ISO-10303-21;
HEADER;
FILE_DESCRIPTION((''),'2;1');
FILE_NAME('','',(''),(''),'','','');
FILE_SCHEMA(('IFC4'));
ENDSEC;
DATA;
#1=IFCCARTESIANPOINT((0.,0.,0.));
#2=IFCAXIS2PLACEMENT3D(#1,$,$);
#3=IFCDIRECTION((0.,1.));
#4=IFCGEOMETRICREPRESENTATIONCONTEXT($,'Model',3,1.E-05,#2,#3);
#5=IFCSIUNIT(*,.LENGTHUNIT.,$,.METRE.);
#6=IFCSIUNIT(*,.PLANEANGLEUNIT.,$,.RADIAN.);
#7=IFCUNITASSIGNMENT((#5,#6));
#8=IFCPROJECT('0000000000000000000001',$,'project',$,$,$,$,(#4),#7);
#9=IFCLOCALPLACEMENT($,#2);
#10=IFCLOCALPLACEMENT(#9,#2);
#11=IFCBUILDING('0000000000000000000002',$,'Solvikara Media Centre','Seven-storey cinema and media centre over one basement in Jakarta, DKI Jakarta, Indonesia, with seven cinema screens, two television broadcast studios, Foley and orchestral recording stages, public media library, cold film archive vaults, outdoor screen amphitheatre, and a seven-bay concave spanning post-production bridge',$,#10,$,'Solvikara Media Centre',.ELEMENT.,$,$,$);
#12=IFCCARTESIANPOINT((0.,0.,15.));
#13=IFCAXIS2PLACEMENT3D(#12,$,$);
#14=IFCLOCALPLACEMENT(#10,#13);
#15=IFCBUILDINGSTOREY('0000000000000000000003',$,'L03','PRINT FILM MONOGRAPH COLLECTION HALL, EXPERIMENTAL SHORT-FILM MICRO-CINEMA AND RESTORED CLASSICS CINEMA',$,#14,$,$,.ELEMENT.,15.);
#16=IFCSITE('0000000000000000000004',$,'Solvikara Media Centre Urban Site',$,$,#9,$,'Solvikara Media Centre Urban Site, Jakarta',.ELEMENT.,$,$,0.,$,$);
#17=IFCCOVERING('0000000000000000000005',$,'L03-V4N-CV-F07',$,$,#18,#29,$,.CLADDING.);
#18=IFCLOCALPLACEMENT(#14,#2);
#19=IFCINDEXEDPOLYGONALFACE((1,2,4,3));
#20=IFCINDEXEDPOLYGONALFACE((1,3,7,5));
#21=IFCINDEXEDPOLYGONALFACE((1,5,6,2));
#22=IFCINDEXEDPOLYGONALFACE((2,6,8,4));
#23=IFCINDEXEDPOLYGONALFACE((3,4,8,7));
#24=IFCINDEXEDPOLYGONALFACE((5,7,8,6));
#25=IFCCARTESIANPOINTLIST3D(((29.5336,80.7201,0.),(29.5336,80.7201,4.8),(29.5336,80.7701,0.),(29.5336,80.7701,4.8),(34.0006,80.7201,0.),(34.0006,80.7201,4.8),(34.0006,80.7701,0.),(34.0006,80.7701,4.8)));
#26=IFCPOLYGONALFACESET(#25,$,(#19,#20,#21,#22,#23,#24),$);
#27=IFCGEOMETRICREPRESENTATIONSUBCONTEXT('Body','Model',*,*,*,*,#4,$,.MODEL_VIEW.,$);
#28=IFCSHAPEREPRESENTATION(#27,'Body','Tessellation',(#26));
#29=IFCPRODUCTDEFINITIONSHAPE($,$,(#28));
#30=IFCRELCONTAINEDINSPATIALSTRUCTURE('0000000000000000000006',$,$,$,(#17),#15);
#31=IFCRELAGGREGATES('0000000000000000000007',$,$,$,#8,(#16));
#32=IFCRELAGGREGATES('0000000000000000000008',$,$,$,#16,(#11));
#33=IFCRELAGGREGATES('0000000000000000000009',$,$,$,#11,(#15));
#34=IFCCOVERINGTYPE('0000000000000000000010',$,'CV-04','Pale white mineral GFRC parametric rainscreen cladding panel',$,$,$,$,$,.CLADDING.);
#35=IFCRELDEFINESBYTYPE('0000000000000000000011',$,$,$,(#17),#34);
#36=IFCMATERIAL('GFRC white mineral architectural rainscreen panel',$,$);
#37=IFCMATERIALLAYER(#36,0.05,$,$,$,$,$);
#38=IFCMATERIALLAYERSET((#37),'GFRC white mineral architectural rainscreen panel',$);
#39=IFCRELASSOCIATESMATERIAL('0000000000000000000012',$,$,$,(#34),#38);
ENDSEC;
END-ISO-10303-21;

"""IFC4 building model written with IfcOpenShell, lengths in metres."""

from ifc_helpers import new_model, si_unit, direction, frame, origin, origin_2d, place, context, subcontext, project, spatial, rectangle, extrude, material, layer, layer_set, type_object, element, save


model = new_model("IFC4")

# Units and contexts
model_context = context("Model", 3, precision=1e-05, world=origin(), true_north=direction((0.0, 1.0)))
body_context = subcontext(model_context, "Body", "Model", "MODEL_VIEW")
ifc_project = project(units=[si_unit("LENGTHUNIT", "METRE"), si_unit("PLANEANGLEUNIT", "RADIAN")], contexts=[model_context])

# Site, building, storey
site_placement = place(None, origin())
site = spatial("IfcSite", under=ifc_project, at=site_placement, Name="Solvikara Media Centre Urban Site", LongName="Solvikara Media Centre Urban Site, Jakarta", CompositionType="ELEMENT", RefElevation=0.0)
building_placement = place(site_placement, origin())
building = spatial("IfcBuilding", under=site, at=building_placement, Name="Solvikara Media Centre", Description="Seven-storey cinema and media centre over one basement in Jakarta, DKI Jakarta, Indonesia, with seven cinema screens, two television broadcast studios, Foley and orchestral recording stages, public media library, cold film archive vaults, outdoor screen amphitheatre, and a seven-bay concave spanning post-production bridge", LongName="Solvikara Media Centre", CompositionType="ELEMENT")
storey_placement = place(building_placement, frame((0.0, 0.0, 15.0)))
storey = spatial("IfcBuildingStorey", under=building, at=storey_placement, Name="L03", Description="PRINT FILM MONOGRAPH COLLECTION HALL, EXPERIMENTAL SHORT-FILM MICRO-CINEMA AND RESTORED CLASSICS CINEMA", CompositionType="ELEMENT", Elevation=15.0)

# Covering
ifc_material_1 = material(Name="GFRC white mineral architectural rainscreen panel")
ifc_layer_1 = layer(ifc_material_1, 0.05)
ifc_layer_set_1 = layer_set([ifc_layer_1], Name="GFRC white mineral architectural rainscreen panel")
covering_type = type_object("IfcCoveringType", Name="CV-04", Description="Pale white mineral GFRC parametric rainscreen cladding panel", PredefinedType="CLADDING", material=ifc_layer_set_1)
covering_1_placement = place(storey_placement, frame((31.7671, 80.7451, 0.0), z_axis=(0.0, 0.0, 1.0), x_axis=(1.0, 0.0, 0.0)))
element("IfcCovering", 1, at=covering_1_placement, inside=storey, type_object=covering_type, Name="L03-V4N-CV-F07", PredefinedType="CLADDING", context=body_context, shape_type="SweptSolid", body=[
    extrude(rectangle(XDim=4.467, YDim=0.05, at=origin_2d()), origin(), (0.0, 0.0, 1.0), 4.8),
])

save(model, "model.ifc")
